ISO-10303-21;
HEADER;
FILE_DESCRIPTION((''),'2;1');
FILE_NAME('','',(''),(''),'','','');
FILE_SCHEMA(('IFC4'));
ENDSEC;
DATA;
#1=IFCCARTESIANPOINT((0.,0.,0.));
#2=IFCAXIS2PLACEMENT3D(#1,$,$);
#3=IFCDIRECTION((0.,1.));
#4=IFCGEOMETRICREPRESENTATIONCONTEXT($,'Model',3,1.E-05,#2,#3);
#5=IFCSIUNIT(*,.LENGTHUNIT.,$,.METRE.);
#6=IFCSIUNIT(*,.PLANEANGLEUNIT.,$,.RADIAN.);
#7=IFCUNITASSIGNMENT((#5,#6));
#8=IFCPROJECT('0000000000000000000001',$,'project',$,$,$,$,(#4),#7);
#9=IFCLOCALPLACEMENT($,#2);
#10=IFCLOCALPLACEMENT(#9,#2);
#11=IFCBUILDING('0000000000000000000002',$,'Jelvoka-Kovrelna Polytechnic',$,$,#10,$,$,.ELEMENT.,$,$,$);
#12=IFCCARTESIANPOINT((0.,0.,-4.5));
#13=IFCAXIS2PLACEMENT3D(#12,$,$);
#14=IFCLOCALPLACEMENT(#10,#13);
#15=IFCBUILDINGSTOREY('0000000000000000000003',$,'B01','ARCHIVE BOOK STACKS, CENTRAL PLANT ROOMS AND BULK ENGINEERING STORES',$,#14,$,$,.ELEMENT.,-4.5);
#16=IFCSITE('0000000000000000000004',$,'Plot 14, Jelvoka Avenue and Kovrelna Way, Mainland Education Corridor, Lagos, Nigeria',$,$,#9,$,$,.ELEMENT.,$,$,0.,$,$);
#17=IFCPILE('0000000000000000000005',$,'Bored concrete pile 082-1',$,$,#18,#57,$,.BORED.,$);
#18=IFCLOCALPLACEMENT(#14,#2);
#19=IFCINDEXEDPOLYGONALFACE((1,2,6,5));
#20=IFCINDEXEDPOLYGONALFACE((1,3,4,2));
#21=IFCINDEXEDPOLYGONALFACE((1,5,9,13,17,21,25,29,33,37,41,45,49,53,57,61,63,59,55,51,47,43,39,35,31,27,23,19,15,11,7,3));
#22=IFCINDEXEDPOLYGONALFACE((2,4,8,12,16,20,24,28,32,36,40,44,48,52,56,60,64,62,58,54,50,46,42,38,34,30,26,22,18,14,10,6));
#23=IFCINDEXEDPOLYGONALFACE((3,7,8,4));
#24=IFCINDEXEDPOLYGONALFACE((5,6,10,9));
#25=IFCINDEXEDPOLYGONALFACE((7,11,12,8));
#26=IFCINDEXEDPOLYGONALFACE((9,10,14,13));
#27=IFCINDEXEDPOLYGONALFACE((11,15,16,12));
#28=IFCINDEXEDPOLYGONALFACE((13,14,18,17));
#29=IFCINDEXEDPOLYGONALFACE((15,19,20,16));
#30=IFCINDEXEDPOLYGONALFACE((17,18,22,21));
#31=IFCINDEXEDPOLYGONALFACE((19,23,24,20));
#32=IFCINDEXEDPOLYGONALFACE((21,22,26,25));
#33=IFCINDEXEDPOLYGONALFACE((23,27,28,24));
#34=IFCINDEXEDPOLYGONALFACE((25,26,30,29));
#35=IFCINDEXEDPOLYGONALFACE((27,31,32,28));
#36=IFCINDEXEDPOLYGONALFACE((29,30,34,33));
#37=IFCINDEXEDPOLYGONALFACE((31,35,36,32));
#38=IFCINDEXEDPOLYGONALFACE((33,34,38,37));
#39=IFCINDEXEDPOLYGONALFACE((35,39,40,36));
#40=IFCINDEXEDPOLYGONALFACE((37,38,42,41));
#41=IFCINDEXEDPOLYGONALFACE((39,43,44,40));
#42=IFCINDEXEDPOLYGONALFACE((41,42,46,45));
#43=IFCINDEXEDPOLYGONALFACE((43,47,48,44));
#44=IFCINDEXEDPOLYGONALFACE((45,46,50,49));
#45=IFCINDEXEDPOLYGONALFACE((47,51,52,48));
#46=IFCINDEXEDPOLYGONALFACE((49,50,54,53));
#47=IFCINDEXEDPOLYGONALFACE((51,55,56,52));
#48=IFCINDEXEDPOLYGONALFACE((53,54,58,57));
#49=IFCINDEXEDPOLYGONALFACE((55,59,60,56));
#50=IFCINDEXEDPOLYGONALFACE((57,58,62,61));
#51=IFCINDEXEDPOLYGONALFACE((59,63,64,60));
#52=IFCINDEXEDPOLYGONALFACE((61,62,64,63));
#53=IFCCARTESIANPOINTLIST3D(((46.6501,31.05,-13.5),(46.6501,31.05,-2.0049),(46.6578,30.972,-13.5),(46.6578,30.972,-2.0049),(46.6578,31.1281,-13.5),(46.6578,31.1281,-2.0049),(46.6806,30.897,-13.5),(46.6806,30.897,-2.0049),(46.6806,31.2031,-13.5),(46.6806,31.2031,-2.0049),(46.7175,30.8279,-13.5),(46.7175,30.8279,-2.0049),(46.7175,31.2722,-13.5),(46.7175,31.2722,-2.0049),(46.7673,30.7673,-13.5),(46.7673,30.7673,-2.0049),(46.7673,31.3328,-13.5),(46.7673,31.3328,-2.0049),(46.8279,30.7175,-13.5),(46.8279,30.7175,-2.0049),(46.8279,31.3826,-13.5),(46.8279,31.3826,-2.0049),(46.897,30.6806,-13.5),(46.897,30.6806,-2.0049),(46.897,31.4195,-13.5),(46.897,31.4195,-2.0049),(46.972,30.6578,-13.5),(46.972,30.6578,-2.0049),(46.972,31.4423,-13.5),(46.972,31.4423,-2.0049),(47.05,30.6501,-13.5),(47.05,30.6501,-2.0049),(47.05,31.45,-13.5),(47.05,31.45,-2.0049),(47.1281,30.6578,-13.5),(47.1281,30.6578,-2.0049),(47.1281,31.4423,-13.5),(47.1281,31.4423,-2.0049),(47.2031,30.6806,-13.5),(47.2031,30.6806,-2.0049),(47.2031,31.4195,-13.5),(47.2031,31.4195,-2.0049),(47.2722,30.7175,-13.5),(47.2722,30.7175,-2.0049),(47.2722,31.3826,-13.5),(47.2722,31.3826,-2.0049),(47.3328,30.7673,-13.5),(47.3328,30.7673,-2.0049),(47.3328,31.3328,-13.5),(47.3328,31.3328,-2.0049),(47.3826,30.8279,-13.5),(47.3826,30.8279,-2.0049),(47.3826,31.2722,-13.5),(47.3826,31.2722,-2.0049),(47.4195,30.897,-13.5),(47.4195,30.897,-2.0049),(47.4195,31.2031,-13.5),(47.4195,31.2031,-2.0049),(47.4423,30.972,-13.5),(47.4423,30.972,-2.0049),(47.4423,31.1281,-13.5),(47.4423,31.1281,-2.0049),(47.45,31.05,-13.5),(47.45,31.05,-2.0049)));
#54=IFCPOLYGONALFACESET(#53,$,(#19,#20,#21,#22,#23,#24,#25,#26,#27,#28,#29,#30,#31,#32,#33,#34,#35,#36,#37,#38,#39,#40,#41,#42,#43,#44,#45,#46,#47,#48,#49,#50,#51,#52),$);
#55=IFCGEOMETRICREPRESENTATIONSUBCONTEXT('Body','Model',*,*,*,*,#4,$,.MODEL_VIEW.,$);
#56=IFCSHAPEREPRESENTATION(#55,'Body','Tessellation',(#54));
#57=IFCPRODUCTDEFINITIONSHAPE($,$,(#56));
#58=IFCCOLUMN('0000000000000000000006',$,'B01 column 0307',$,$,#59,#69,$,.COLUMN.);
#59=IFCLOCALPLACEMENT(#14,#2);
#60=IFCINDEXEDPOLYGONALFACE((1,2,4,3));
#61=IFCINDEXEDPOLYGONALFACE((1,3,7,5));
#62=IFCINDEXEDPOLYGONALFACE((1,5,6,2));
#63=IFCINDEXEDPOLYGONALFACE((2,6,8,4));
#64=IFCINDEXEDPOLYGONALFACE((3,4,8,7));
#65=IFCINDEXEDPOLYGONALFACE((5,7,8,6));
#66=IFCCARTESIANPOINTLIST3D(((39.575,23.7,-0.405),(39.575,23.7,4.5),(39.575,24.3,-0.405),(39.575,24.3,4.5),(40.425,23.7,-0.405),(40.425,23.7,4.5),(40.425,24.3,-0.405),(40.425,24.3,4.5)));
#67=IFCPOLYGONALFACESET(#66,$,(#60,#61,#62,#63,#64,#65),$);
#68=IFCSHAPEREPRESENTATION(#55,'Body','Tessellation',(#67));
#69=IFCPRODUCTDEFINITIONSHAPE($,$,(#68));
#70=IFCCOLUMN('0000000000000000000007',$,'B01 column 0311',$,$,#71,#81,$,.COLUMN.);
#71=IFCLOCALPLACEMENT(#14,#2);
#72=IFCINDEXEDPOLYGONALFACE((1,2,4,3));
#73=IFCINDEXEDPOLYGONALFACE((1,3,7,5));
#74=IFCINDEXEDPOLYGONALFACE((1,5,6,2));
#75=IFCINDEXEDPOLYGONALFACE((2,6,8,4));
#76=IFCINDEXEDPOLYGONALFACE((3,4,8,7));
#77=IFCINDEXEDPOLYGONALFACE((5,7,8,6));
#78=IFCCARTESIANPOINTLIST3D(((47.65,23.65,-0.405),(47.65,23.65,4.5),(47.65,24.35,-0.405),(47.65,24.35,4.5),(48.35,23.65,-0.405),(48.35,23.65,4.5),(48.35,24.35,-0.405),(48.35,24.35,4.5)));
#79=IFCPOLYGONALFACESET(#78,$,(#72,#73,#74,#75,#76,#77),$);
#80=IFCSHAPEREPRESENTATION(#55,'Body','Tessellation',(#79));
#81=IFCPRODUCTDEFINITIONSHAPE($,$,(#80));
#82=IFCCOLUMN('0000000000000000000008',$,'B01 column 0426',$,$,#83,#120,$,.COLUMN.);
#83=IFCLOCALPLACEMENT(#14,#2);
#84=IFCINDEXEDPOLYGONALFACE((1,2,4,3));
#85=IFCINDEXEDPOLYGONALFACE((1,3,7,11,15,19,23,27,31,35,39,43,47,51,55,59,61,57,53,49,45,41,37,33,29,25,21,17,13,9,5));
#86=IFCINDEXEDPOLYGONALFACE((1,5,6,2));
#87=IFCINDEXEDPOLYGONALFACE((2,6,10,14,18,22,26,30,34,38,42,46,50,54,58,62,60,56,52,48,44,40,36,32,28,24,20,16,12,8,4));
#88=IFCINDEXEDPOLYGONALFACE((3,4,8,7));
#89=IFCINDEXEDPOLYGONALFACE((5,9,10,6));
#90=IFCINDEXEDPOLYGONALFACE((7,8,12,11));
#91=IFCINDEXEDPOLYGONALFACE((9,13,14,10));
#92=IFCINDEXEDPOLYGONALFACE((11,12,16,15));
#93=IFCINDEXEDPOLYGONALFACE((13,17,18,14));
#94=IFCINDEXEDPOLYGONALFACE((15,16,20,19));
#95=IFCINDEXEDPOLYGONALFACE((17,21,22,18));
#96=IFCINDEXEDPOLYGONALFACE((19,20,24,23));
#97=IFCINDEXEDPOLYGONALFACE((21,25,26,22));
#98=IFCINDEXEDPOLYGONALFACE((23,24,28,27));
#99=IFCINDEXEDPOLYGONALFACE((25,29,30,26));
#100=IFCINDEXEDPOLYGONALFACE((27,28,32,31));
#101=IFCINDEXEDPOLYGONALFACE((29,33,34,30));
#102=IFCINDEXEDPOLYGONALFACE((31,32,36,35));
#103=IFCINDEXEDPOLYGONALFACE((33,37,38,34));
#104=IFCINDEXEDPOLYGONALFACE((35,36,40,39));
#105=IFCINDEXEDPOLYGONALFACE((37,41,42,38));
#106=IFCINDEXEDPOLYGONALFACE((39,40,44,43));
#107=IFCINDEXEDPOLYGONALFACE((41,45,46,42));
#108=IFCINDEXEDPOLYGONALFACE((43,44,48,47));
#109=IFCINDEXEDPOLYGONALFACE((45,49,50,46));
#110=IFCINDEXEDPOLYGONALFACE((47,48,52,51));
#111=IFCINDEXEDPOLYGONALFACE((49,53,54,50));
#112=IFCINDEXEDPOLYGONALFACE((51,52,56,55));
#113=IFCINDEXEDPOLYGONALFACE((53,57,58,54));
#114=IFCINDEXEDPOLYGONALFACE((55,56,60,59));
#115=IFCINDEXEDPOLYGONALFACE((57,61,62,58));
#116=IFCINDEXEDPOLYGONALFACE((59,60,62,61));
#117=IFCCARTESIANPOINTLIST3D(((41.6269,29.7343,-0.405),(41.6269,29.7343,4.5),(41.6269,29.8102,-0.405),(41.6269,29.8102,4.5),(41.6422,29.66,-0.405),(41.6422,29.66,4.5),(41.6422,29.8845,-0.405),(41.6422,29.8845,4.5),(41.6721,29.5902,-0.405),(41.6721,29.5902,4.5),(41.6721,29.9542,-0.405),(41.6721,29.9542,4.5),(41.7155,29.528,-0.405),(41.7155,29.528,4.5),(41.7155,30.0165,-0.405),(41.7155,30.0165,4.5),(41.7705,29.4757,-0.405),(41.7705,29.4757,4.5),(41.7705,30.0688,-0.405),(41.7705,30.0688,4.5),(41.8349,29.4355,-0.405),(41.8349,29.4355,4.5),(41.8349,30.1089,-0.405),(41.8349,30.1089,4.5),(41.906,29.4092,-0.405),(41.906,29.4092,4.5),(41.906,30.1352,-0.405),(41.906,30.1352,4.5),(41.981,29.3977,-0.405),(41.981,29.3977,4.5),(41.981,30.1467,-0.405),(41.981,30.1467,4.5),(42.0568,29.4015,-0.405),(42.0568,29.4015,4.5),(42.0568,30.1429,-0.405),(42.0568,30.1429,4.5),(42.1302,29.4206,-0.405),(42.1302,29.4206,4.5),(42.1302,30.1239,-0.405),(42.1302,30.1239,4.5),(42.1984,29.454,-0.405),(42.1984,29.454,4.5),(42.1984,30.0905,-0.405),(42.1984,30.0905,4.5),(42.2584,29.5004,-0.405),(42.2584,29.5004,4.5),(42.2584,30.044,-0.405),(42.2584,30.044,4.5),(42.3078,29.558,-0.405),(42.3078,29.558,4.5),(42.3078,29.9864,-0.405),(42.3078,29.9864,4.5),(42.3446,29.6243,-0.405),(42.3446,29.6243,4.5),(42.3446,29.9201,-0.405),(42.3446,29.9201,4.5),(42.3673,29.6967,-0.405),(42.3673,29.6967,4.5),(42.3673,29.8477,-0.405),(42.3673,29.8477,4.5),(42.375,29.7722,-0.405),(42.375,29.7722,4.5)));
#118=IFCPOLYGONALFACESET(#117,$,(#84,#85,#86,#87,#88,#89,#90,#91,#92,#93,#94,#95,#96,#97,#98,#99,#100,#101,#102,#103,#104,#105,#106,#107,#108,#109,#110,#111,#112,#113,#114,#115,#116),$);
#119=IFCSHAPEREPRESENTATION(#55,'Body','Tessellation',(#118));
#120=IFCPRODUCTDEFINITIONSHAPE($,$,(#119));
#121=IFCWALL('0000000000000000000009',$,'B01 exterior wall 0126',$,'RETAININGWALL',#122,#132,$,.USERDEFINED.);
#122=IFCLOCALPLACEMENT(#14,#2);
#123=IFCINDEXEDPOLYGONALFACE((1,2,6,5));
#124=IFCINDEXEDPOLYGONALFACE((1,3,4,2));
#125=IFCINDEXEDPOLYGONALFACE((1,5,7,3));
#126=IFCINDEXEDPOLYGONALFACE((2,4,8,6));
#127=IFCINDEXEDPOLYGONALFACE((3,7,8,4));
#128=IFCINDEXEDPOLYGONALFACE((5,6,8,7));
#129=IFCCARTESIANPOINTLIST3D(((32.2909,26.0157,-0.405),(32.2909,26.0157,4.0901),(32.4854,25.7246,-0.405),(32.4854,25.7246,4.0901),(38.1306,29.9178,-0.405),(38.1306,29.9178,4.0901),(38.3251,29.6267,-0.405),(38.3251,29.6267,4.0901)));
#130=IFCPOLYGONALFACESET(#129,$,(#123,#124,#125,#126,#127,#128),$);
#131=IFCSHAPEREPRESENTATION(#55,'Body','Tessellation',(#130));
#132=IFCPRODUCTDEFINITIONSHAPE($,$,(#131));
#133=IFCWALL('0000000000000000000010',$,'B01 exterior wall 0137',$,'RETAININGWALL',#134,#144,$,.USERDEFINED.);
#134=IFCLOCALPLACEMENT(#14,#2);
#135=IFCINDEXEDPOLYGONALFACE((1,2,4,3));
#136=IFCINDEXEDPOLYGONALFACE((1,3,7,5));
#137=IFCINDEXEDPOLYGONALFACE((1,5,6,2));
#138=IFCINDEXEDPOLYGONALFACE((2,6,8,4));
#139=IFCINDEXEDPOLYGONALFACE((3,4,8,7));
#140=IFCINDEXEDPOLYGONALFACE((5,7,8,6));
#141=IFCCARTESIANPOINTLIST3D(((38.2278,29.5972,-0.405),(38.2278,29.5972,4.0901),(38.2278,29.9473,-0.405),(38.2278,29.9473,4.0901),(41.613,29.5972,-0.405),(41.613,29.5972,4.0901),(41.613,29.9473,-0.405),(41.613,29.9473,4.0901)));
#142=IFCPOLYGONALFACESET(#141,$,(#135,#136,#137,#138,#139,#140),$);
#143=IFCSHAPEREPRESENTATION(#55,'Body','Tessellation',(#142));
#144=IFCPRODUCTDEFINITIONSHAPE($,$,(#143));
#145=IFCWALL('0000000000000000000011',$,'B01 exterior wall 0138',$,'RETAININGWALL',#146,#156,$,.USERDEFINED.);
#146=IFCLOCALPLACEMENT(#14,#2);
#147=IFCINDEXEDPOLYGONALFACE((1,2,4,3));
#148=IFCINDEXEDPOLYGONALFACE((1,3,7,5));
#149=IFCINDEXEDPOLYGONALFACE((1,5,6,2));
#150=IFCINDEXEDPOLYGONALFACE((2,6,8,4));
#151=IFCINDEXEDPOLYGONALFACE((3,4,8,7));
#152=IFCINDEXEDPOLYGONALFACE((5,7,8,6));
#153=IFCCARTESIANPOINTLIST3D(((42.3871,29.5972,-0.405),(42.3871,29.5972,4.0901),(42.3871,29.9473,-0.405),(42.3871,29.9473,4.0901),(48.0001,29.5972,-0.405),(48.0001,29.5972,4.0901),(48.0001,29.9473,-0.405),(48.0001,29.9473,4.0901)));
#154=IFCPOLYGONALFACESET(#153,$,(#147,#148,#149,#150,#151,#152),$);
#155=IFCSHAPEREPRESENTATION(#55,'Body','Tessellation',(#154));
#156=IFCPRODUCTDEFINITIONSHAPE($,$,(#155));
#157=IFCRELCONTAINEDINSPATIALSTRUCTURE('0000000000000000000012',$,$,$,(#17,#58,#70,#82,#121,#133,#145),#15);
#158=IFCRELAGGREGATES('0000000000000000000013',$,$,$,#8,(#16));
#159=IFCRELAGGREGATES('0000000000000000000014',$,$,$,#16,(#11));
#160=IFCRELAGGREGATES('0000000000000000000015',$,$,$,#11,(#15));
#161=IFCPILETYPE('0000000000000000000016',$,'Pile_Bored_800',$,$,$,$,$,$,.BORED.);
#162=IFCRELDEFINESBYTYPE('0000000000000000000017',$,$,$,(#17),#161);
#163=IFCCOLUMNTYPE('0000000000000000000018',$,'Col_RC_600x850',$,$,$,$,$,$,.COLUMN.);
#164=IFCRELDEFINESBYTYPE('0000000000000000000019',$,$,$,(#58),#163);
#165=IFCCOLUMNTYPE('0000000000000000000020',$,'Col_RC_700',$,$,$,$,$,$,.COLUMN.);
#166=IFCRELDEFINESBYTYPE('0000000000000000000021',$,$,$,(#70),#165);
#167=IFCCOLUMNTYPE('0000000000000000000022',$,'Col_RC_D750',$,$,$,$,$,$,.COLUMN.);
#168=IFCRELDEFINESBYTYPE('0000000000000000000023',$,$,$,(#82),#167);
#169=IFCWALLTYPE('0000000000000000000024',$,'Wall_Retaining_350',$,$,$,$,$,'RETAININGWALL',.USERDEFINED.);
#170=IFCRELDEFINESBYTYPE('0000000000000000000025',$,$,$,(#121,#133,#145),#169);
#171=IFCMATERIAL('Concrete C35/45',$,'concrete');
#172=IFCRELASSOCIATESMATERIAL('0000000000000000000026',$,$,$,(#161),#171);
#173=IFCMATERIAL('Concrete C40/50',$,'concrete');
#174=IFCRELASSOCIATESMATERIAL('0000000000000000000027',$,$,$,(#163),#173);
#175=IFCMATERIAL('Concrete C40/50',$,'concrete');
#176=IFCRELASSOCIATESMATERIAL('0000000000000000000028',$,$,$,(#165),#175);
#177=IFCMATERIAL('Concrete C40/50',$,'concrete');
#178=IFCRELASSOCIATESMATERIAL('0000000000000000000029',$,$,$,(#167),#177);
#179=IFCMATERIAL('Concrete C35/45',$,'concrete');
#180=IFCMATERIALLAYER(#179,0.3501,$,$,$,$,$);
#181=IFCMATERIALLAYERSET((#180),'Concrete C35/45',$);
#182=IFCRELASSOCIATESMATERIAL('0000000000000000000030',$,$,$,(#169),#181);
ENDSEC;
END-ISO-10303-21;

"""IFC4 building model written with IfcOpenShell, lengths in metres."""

from ifc_helpers import new_model, si_unit, direction, frame, frame_2d, origin, origin_2d, place, context, subcontext, project, spatial, rectangle, circle, extrude, material, layer, layer_set, material_profile, profile_set, type_object, element, save


model = new_model("IFC4")

# Units and contexts
model_context = context("Model", 3, precision=1e-05, world=origin(), true_north=direction((0.0, 1.0)))
body_context = subcontext(model_context, "Body", "Model", "MODEL_VIEW")
ifc_project = project(units=[si_unit("LENGTHUNIT", "METRE"), si_unit("PLANEANGLEUNIT", "RADIAN")], contexts=[model_context])

# Site, building, storey
site_placement = place(None, origin())
site = spatial("IfcSite", under=ifc_project, at=site_placement, Name="Plot 14, Jelvoka Avenue and Kovrelna Way, Mainland Education Corridor, Lagos, Nigeria", CompositionType="ELEMENT", RefElevation=0.0)
building_placement = place(site_placement, origin())
building = spatial("IfcBuilding", under=site, at=building_placement, Name="Jelvoka-Kovrelna Polytechnic", CompositionType="ELEMENT")
storey_placement = place(building_placement, frame((0.0, 0.0, -4.5)))
storey = spatial("IfcBuildingStorey", under=building, at=storey_placement, Name="B01", Description="ARCHIVE BOOK STACKS, CENTRAL PLANT ROOMS AND BULK ENGINEERING STORES", CompositionType="ELEMENT", Elevation=-4.5)

# Pile
ifc_material_1 = material(Name="Concrete C35/45", Category="concrete")
ifc_material_profile_1 = material_profile(ifc_material_1, circle(Radius=0.3999, at=origin_2d()), Name="PILE D800")
ifc_profile_set_1 = profile_set([ifc_material_profile_1], Name="Concrete C35/45")
pile_type = type_object("IfcPileType", Name="Pile_Bored_800", PredefinedType="BORED", material=ifc_profile_set_1)
pile_1_placement = place(storey_placement, frame((47.05, 31.05, -2.0049), z_axis=(0.0, 0.0, -1.0), x_axis=(1.0, 0.0, 0.0)))
element("IfcPile", 1, at=pile_1_placement, inside=storey, type_object=pile_type, Name="Bored concrete pile 082-1", PredefinedType="BORED", context=body_context, shape_type="SweptSolid", body=[
    extrude(circle(Radius=0.3999, at=origin_2d()), origin(), (0.0, 0.0, 1.0), 11.4951),
])

# Columns
ifc_material_2 = material(Name="Concrete C40/50", Category="concrete")
ifc_material_profile_2 = material_profile(ifc_material_2, rectangle(XDim=0.6001, YDim=0.8501, at=origin_2d()), Name="RC 600x850")
ifc_profile_set_2 = profile_set([ifc_material_profile_2], Name="Concrete C40/50")
column_type_1 = type_object("IfcColumnType", Name="Col_RC_600x850", PredefinedType="COLUMN", material=ifc_profile_set_2)
column_1_placement = place(storey_placement, frame((40.0, 24.0, -0.405), z_axis=(0.0, 0.0, 1.0), x_axis=(0.0, 1.0, 0.0)))
element("IfcColumn", 2, at=column_1_placement, inside=storey, type_object=column_type_1, Name="B01 column 0307", PredefinedType="COLUMN", context=body_context, shape_type="SweptSolid", body=[
    extrude(rectangle(XDim=0.6001, YDim=0.8501, at=origin_2d()), origin(), (0.0, 0.0, 1.0), 4.905),
])
ifc_material_3 = material(Name="Concrete C40/50", Category="concrete")
ifc_material_profile_3 = material_profile(ifc_material_3, rectangle(XDim=0.7, YDim=0.7, at=origin_2d()), Name="RC 700x700")
ifc_profile_set_3 = profile_set([ifc_material_profile_3], Name="Concrete C40/50")
column_type_2 = type_object("IfcColumnType", Name="Col_RC_700", PredefinedType="COLUMN", material=ifc_profile_set_3)
column_2_placement = place(storey_placement, frame((48.0, 24.0, -0.405), z_axis=(0.0, 0.0, 1.0), x_axis=(1.0, 0.0, 0.0)))
element("IfcColumn", 3, at=column_2_placement, inside=storey, type_object=column_type_2, Name="B01 column 0311", PredefinedType="COLUMN", context=body_context, shape_type="SweptSolid", body=[
    extrude(rectangle(XDim=0.7, YDim=0.7, at=origin_2d()), origin(), (0.0, 0.0, 1.0), 4.905),
])
ifc_material_4 = material(Name="Concrete C40/50", Category="concrete")
ifc_material_profile_4 = material_profile(ifc_material_4, circle(Radius=0.375, at=origin_2d()), Name="RC D750")
ifc_profile_set_4 = profile_set([ifc_material_profile_4], Name="Concrete C40/50")
column_type_3 = type_object("IfcColumnType", Name="Col_RC_D750", PredefinedType="COLUMN", material=ifc_profile_set_4)
column_3_placement = place(storey_placement, frame((42.0, 29.7722, -0.405), z_axis=(0.0, 0.0, 1.0), x_axis=(1.0, 0.0, 0.0)))
element("IfcColumn", 4, at=column_3_placement, inside=storey, type_object=column_type_3, Name="B01 column 0426", PredefinedType="COLUMN", context=body_context, shape_type="SweptSolid", body=[
    extrude(circle(Radius=0.375, at=origin_2d()), origin(), (0.0, 0.0, 1.0), 4.905),
])

# Walls
ifc_material_5 = material(Name="Concrete C35/45", Category="concrete")
ifc_layer = layer(ifc_material_5, 0.3501)
ifc_layer_set = layer_set([ifc_layer], Name="Concrete C35/45")
wall_type = type_object("IfcWallType", Name="Wall_Retaining_350", ElementType="RETAININGWALL", PredefinedType="USERDEFINED", material=ifc_layer_set)
wall_1_placement = place(storey_placement, frame((32.3882, 25.8701, -0.405), z_axis=(0.0, 0.0, 1.0), x_axis=(0.831456, 0.55559, 0.0)))
element("IfcWall", 5, at=wall_1_placement, inside=storey, type_object=wall_type, Name="B01 exterior wall 0126", ObjectType="RETAININGWALL", PredefinedType="USERDEFINED", context=body_context, shape_type="SweptSolid", body=[
    extrude(rectangle(XDim=7.0234, YDim=0.3501, at=frame_2d((3.5117, 0.0))), origin(), (0.0, 0.0, 1.0), 4.4951),
])
wall_2_placement = place(storey_placement, frame((38.2278, 29.7722, -0.405), z_axis=(0.0, 0.0, 1.0), x_axis=(1.0, 0.0, 0.0)))
element("IfcWall", 6, at=wall_2_placement, inside=storey, type_object=wall_type, Name="B01 exterior wall 0137", ObjectType="RETAININGWALL", PredefinedType="USERDEFINED", context=body_context, shape_type="SweptSolid", body=[
    extrude(rectangle(XDim=3.3853, YDim=0.3501, at=frame_2d((1.6926, 0.0))), origin(), (0.0, 0.0, 1.0), 4.4951),
])
wall_3_placement = place(storey_placement, frame((42.387, 29.7722, -0.405), z_axis=(0.0, 0.0, 1.0), x_axis=(1.0, 0.0, 0.0)))
element("IfcWall", 7, at=wall_3_placement, inside=storey, type_object=wall_type, Name="B01 exterior wall 0138", ObjectType="RETAININGWALL", PredefinedType="USERDEFINED", context=body_context, shape_type="SweptSolid", body=[
    extrude(rectangle(XDim=5.613, YDim=0.3501, at=frame_2d((2.8066, 0.0))), origin(), (0.0, 0.0, 1.0), 4.4951),
])

save(model, "model.ifc")
